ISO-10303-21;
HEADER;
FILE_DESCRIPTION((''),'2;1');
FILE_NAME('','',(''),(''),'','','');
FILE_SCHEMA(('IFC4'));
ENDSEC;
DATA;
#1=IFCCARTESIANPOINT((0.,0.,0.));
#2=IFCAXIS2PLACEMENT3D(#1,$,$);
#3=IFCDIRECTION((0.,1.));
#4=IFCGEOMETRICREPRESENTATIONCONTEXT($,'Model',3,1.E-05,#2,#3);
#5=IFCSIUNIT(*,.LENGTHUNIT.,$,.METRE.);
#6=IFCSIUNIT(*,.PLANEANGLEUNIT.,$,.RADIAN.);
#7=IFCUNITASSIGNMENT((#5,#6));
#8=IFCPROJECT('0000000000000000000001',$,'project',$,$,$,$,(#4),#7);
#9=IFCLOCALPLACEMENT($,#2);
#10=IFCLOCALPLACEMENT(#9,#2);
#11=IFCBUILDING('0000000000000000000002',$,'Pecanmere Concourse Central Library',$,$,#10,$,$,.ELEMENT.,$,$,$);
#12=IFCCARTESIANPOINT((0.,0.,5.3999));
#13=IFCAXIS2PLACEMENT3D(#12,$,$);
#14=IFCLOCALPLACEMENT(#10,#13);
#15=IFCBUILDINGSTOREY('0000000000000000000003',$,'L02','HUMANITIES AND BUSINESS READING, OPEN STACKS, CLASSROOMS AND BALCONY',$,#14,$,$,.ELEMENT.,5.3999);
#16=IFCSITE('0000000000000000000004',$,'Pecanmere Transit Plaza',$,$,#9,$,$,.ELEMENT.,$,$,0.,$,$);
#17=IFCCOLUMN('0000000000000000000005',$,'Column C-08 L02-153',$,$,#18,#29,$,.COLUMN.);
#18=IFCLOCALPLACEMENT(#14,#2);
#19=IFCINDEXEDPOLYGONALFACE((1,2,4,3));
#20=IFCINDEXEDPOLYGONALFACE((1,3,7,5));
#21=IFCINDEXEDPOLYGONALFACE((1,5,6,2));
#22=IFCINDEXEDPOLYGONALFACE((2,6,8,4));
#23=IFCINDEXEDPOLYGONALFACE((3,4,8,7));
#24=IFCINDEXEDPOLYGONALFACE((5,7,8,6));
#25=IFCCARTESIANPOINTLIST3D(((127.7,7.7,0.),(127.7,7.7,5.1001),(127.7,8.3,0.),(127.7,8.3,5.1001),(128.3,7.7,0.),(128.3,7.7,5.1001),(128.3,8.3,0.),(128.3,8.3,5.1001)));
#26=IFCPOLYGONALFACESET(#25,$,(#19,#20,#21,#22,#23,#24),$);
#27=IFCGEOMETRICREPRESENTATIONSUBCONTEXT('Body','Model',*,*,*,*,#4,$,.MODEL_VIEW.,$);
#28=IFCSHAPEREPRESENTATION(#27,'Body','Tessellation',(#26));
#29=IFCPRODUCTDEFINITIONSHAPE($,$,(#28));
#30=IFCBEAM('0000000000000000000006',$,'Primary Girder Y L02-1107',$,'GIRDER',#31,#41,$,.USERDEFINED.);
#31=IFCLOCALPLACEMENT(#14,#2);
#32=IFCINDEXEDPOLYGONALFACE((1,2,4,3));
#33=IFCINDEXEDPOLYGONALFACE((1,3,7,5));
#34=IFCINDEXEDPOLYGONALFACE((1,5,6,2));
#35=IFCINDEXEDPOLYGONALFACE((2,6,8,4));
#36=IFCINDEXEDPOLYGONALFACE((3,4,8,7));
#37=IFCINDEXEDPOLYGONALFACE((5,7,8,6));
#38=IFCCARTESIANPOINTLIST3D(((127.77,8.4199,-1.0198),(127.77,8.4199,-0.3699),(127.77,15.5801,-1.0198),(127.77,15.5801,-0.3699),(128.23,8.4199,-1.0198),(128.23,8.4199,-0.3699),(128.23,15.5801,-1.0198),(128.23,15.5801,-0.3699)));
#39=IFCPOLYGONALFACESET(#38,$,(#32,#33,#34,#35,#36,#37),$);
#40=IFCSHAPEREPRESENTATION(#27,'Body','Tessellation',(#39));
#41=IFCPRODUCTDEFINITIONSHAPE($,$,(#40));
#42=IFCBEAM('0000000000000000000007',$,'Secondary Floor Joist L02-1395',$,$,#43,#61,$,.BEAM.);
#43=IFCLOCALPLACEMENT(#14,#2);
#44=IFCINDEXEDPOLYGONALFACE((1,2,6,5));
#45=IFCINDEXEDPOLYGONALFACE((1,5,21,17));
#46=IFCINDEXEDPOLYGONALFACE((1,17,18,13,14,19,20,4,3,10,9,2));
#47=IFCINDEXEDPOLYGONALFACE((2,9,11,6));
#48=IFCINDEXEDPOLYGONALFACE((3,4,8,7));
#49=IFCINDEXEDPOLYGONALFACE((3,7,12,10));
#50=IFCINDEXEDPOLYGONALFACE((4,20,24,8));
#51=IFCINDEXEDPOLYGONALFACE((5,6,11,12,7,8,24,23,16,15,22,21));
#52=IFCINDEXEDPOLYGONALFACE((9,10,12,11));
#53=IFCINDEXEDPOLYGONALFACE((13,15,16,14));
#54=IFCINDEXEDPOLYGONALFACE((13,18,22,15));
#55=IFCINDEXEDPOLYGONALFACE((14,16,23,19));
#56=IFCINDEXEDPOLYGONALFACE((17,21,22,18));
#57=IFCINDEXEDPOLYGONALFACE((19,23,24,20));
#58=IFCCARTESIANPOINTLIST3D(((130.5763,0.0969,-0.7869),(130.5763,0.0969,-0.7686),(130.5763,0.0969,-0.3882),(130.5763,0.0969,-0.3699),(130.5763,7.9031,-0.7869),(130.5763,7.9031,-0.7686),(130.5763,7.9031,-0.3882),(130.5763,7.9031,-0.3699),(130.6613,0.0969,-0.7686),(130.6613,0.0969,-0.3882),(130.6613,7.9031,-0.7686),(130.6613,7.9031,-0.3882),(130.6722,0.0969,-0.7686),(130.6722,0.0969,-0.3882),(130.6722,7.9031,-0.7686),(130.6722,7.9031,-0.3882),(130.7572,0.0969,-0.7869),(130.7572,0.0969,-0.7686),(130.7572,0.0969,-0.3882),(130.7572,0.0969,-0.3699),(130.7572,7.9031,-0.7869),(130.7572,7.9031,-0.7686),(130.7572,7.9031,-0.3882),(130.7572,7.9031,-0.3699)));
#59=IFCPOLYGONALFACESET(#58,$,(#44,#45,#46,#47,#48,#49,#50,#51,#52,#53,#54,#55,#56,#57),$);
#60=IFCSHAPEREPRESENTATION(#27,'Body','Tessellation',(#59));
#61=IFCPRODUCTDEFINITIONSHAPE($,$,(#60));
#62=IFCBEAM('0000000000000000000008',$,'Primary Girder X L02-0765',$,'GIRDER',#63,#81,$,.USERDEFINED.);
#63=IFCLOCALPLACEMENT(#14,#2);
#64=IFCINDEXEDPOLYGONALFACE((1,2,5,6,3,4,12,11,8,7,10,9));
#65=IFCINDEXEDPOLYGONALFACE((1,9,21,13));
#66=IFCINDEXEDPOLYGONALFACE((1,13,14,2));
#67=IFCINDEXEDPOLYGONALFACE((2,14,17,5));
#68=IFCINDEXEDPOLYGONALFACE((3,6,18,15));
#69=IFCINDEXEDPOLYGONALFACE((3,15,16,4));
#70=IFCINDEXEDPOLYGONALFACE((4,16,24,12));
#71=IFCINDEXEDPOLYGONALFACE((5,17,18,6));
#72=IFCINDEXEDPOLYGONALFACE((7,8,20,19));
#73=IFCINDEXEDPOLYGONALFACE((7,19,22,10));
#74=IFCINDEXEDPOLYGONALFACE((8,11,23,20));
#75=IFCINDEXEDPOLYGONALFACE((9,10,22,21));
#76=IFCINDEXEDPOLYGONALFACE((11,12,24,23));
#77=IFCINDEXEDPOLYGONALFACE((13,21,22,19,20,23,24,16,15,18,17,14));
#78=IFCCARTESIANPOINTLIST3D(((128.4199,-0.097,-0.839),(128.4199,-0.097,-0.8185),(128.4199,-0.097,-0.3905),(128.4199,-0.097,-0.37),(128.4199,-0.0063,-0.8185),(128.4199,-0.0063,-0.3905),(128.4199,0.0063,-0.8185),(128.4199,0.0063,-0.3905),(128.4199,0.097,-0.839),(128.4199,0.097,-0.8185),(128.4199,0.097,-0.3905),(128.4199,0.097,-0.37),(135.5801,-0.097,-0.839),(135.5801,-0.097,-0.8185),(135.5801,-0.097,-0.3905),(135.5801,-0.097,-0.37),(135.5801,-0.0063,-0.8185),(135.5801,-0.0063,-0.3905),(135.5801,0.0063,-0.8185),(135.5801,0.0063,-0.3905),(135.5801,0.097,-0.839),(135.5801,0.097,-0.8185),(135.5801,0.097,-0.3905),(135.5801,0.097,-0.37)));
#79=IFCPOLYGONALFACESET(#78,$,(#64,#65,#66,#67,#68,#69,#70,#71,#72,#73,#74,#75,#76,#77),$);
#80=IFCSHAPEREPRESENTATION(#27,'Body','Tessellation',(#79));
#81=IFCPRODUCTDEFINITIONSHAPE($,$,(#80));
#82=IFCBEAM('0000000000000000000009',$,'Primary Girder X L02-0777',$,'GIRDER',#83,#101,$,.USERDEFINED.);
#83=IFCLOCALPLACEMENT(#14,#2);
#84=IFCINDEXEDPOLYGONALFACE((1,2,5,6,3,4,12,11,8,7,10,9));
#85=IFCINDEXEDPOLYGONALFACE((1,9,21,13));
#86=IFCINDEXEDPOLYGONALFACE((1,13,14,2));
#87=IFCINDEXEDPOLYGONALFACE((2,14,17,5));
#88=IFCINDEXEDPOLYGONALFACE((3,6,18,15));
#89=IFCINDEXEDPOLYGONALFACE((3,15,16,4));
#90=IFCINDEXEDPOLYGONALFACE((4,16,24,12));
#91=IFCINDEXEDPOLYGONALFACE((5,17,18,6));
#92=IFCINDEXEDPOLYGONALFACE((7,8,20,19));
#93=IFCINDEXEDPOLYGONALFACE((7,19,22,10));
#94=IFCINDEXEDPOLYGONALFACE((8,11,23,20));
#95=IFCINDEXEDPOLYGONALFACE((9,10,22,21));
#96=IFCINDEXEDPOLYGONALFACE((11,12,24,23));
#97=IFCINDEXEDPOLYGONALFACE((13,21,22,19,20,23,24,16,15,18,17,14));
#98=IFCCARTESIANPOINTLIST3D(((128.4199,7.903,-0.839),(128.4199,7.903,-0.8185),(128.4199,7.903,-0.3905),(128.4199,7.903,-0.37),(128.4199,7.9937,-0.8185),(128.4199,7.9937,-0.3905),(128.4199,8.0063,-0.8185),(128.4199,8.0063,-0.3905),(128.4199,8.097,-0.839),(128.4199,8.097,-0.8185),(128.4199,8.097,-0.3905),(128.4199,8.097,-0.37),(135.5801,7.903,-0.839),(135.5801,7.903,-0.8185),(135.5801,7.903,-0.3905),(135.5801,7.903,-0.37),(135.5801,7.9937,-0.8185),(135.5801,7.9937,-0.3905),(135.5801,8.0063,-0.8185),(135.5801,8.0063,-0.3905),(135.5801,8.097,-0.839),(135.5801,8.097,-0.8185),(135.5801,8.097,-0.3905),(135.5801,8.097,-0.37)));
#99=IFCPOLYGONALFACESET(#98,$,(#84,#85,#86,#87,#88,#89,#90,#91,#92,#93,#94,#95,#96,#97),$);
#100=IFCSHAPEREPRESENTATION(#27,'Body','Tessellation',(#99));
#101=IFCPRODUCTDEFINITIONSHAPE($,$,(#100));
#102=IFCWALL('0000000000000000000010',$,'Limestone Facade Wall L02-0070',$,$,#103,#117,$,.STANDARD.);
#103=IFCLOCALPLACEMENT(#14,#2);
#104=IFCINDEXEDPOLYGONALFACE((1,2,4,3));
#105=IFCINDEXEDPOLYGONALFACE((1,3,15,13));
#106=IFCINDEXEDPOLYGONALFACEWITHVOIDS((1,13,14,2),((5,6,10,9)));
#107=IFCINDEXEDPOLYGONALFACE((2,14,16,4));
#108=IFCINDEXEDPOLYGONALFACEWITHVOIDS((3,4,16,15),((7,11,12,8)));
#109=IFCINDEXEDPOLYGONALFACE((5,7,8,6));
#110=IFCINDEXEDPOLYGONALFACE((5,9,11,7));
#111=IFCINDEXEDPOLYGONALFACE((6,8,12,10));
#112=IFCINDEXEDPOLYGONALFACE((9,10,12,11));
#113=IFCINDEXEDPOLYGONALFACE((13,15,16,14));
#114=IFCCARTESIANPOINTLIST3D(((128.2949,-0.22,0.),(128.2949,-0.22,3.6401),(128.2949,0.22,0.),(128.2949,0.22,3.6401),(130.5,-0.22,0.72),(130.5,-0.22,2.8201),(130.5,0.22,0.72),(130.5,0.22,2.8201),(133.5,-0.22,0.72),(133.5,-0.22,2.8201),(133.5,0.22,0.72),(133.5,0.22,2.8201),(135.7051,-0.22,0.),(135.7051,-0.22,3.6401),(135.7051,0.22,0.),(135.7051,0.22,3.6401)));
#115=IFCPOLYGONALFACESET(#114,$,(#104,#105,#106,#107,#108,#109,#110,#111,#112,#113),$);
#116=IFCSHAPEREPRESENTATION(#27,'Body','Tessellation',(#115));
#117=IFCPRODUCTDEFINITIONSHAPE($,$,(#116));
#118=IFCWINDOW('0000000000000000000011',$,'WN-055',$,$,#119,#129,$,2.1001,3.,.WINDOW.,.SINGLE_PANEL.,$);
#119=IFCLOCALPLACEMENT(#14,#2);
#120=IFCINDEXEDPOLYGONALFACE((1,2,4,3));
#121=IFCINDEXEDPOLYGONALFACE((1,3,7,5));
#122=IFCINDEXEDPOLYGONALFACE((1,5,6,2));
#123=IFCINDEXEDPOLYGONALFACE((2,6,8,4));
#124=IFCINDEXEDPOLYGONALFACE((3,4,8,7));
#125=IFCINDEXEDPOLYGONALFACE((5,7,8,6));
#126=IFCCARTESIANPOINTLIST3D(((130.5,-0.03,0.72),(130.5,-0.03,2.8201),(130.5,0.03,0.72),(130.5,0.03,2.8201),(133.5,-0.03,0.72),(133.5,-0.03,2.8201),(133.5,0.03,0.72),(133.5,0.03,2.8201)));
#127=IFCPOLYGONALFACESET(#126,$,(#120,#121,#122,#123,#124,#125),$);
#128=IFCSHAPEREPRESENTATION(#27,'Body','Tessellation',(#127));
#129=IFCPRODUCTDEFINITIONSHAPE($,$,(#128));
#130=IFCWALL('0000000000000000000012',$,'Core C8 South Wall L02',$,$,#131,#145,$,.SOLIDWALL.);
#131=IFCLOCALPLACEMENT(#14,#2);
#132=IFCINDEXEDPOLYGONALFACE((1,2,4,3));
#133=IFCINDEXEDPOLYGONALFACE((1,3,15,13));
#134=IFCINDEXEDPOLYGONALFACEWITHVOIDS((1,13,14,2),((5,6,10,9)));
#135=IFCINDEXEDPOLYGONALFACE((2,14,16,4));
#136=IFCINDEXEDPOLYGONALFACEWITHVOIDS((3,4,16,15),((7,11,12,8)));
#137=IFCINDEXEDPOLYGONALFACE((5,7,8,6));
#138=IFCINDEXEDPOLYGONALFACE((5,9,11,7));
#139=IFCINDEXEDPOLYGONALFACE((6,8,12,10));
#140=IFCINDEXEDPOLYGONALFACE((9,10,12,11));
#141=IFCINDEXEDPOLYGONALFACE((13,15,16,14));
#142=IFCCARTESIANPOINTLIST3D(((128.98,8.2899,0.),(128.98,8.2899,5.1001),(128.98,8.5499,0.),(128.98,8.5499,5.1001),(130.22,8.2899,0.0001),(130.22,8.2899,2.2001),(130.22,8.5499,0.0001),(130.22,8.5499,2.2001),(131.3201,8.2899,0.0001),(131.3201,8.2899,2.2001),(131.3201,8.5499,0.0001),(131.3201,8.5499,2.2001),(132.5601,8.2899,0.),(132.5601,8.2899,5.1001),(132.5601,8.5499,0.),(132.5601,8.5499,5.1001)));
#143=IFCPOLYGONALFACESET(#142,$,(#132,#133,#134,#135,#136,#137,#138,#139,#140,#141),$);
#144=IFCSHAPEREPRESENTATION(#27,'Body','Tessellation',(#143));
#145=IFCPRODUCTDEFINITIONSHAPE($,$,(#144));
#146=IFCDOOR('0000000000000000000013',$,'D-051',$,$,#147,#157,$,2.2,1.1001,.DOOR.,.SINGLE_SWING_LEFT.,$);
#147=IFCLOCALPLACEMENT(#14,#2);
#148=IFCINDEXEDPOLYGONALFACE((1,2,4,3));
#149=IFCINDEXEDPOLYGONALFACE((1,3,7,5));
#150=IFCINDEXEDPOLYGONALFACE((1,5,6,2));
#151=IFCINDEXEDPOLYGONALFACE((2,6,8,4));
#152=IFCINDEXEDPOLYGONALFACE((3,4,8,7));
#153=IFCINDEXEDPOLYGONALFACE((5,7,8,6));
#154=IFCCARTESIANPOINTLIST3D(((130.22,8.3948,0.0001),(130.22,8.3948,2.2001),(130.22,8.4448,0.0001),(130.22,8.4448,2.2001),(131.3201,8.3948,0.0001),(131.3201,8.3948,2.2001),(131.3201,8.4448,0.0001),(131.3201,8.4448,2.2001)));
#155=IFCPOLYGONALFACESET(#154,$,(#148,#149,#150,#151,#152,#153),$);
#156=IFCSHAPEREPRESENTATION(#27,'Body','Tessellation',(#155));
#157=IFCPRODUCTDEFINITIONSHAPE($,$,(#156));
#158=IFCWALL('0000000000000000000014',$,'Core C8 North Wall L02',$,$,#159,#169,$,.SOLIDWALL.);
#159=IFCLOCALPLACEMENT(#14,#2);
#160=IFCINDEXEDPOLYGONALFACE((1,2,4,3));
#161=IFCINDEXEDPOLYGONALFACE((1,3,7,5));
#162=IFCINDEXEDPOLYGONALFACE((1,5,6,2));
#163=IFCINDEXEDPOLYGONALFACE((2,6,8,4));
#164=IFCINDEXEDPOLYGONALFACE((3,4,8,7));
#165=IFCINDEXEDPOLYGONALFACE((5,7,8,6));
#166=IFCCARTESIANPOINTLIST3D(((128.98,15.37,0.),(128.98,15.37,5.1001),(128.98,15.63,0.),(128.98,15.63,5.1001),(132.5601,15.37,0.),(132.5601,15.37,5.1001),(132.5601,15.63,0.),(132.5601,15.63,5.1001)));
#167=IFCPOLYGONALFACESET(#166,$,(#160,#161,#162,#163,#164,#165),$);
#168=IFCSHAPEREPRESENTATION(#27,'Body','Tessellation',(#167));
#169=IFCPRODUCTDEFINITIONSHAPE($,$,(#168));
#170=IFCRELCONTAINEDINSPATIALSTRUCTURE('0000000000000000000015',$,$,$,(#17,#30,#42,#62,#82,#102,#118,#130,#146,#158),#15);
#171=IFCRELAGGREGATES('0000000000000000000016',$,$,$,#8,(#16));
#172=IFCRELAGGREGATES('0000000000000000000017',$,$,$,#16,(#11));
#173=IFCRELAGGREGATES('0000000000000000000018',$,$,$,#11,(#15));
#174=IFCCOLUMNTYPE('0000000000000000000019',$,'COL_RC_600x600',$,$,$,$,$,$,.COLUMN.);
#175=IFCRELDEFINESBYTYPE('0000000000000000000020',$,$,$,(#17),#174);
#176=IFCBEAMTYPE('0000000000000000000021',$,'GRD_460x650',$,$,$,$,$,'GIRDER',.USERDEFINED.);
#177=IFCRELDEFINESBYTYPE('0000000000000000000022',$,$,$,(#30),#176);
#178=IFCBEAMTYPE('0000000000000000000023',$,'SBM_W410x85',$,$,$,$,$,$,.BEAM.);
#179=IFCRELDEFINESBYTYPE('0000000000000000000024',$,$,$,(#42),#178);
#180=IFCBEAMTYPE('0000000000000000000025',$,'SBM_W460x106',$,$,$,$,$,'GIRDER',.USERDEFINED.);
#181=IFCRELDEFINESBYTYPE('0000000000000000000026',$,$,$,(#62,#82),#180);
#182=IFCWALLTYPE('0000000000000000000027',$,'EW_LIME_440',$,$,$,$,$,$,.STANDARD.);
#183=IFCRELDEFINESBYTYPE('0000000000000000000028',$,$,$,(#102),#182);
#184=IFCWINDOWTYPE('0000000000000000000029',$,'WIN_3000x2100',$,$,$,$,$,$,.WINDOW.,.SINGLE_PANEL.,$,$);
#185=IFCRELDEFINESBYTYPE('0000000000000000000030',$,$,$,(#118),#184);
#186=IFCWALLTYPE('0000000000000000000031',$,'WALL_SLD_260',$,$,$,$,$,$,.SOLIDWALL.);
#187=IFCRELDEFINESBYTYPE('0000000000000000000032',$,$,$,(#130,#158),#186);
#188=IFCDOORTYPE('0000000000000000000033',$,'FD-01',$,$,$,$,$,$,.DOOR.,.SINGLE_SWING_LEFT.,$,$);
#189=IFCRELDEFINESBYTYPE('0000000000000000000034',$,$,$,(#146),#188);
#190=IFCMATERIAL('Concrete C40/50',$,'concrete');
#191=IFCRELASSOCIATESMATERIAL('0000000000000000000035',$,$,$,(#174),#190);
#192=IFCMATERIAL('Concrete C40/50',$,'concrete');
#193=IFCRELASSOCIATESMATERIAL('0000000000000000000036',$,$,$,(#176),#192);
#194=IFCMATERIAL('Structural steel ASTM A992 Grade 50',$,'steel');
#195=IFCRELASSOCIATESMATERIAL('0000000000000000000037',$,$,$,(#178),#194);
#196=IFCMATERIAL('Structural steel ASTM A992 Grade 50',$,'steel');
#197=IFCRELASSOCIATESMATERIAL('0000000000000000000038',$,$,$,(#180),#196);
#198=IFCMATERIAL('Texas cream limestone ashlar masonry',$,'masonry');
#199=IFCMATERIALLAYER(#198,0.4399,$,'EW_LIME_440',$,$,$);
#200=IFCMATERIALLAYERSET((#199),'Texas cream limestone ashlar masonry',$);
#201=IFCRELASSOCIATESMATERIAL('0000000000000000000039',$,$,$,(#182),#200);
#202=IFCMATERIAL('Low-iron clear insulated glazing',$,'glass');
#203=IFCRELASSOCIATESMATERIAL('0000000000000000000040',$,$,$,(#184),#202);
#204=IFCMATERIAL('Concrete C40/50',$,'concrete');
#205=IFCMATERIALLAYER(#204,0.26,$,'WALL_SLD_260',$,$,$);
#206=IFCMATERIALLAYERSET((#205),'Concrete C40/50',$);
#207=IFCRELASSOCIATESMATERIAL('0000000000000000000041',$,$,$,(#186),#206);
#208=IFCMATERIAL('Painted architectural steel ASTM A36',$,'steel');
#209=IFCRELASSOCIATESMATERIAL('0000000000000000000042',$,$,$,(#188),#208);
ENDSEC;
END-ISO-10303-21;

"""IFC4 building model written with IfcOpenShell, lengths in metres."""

from ifc_helpers import new_model, si_unit, direction, frame, frame_2d, origin, origin_2d, place, context, subcontext, project, spatial, rectangle, i_section, extrude, material, layer, layer_set, material_profile, profile_set, type_object, element, fill, save


model = new_model("IFC4")

# Units and contexts
model_context = context("Model", 3, precision=1e-05, world=origin(), true_north=direction((0.0, 1.0)))
body_context = subcontext(model_context, "Body", "Model", "MODEL_VIEW")
ifc_project = project(units=[si_unit("LENGTHUNIT", "METRE"), si_unit("PLANEANGLEUNIT", "RADIAN")], contexts=[model_context])

# Site, building, storey
site_placement = place(None, origin())
site = spatial("IfcSite", under=ifc_project, at=site_placement, Name="Pecanmere Transit Plaza", CompositionType="ELEMENT", RefElevation=0.0)
building_placement = place(site_placement, origin())
building = spatial("IfcBuilding", under=site, at=building_placement, Name="Pecanmere Concourse Central Library", CompositionType="ELEMENT")
storey_placement = place(building_placement, frame((0.0, 0.0, 5.3999)))
storey = spatial("IfcBuildingStorey", under=building, at=storey_placement, Name="L02", Description="HUMANITIES AND BUSINESS READING, OPEN STACKS, CLASSROOMS AND BALCONY", CompositionType="ELEMENT", Elevation=5.3999)

# Column
ifc_material_1 = material(Name="Concrete C40/50", Category="concrete")
ifc_material_profile_1 = material_profile(ifc_material_1, rectangle(XDim=0.6001, YDim=0.6001, at=origin_2d()), Name="RC 600x600")
ifc_profile_set_1 = profile_set([ifc_material_profile_1], Name="Concrete C40/50")
column_type = type_object("IfcColumnType", Name="COL_RC_600x600", PredefinedType="COLUMN", material=ifc_profile_set_1)
column_placement = place(storey_placement, frame((128.0, 8.0, 0.0), z_axis=(0.0, 0.0, 1.0), x_axis=(1.0, 0.0, 0.0)))
element("IfcColumn", 1, at=column_placement, inside=storey, type_object=column_type, Name="Column C-08 L02-153", PredefinedType="COLUMN", context=body_context, shape_type="SweptSolid", body=[
    extrude(rectangle(XDim=0.6001, YDim=0.6001, at=origin_2d()), origin(), (0.0, 0.0, 1.0), 5.1001),
])

# Beams
ifc_material_2 = material(Name="Concrete C40/50", Category="concrete")
ifc_material_profile_2 = material_profile(ifc_material_2, rectangle(XDim=0.46, YDim=0.6499, at=origin_2d()), Name="RC 460x650")
ifc_profile_set_2 = profile_set([ifc_material_profile_2], Name="Concrete C40/50")
beam_type_1 = type_object("IfcBeamType", Name="GRD_460x650", ElementType="GIRDER", PredefinedType="USERDEFINED", material=ifc_profile_set_2)
beam_1_placement = place(storey_placement, frame((128.0, 8.4199, -0.6948), z_axis=(0.0, 1.0, 0.0), x_axis=(-1.0, 0.0, 0.0)))
element("IfcBeam", 2, at=beam_1_placement, inside=storey, type_object=beam_type_1, Name="Primary Girder Y L02-1107", ObjectType="GIRDER", PredefinedType="USERDEFINED", context=body_context, shape_type="SweptSolid", body=[
    extrude(rectangle(XDim=0.46, YDim=0.6499, at=origin_2d()), origin(), (0.0, 0.0, 1.0), 7.1602),
])
ifc_material_3 = material(Name="Structural steel ASTM A992 Grade 50", Category="steel")
ifc_material_profile_3 = material_profile(ifc_material_3, i_section(OverallWidth=0.1809, OverallDepth=0.417, WebThickness=0.011, FlangeThickness=0.0183, at=origin_2d()), Name="W410x85")
ifc_profile_set_3 = profile_set([ifc_material_profile_3], Name="Structural steel ASTM A992 Grade 50")
beam_type_2 = type_object("IfcBeamType", Name="SBM_W410x85", PredefinedType="BEAM", material=ifc_profile_set_3)
beam_2_placement = place(storey_placement, frame((130.6667, 0.0969, -0.5784), z_axis=(0.0, 1.0, 0.0), x_axis=(-1.0, 0.0, 0.0)))
element("IfcBeam", 3, at=beam_2_placement, inside=storey, type_object=beam_type_2, Name="Secondary Floor Joist L02-1395", PredefinedType="BEAM", context=body_context, shape_type="SweptSolid", body=[
    extrude(i_section(OverallWidth=0.1809, OverallDepth=0.417, WebThickness=0.011, FlangeThickness=0.0183, at=origin_2d()), origin(), (0.0, 0.0, 1.0), 7.8062),
])
ifc_material_4 = material(Name="Structural steel ASTM A992 Grade 50", Category="steel")
ifc_material_profile_4 = material_profile(ifc_material_4, i_section(OverallWidth=0.1941, OverallDepth=0.469, WebThickness=0.0127, FlangeThickness=0.0205, at=origin_2d()), Name="W460x106")
ifc_profile_set_4 = profile_set([ifc_material_profile_4], Name="Structural steel ASTM A992 Grade 50")
beam_type_3 = type_object("IfcBeamType", Name="SBM_W460x106", ElementType="GIRDER", PredefinedType="USERDEFINED", material=ifc_profile_set_4)
for number, where, z_axis, x_axis, name in (
    (4, (128.4199, 0.0, -0.6045), (1.0, 0.0, 0.0), (0.0, 1.0, 0.0), "Primary Girder X L02-0765"),
    (5, (128.4199, 8.0, -0.6045), (1.0, 0.0, 0.0), (0.0, 1.0, 0.0), "Primary Girder X L02-0777"),
):
    element("IfcBeam", number, at=place(storey_placement, frame(where, z_axis=z_axis, x_axis=x_axis)), inside=storey, type_object=beam_type_3, Name=name, ObjectType="GIRDER", PredefinedType="USERDEFINED", context=body_context, shape_type="SweptSolid", body=[
        extrude(i_section(OverallWidth=0.1941, OverallDepth=0.469, WebThickness=0.0127, FlangeThickness=0.0205, at=origin_2d()), origin(), (0.0, 0.0, 1.0), 7.1602),
    ])

# Wall, opening, window
ifc_material_5 = material(Name="Texas cream limestone ashlar masonry", Category="masonry")
ifc_layer_1 = layer(ifc_material_5, 0.4399, Name="EW_LIME_440")
ifc_layer_set_1 = layer_set([ifc_layer_1], Name="Texas cream limestone ashlar masonry")
wall_type_1 = type_object("IfcWallType", Name="EW_LIME_440", PredefinedType="STANDARD", material=ifc_layer_set_1)
wall_1_placement = place(storey_placement, frame((128.2949, 0.0, 0.0), z_axis=(0.0, 0.0, 1.0), x_axis=(1.0, 0.0, 0.0)))
wall_1 = element("IfcWall", 6, at=wall_1_placement, inside=storey, type_object=wall_type_1, Name="Limestone Facade Wall L02-0070", PredefinedType="STANDARD", context=body_context, shape_type="SweptSolid", body=[
    extrude(rectangle(XDim=7.4102, YDim=0.4399, at=frame_2d((3.7051, 0.0))), origin(), (0.0, 0.0, 1.0), 3.6401),
])
opening_1_placement = place(wall_1_placement, frame((2.2051, 0.0, 0.72)))
opening_1 = element("IfcOpeningElement", 7, at=opening_1_placement, cuts=wall_1, PredefinedType="OPENING", context=body_context, shape_type="SweptSolid", body=[
    extrude(rectangle(XDim=3.0, YDim=2.1001, at=frame_2d((1.5, 1.05))), frame((0.0, 0.2319, 0.0), z_axis=(0.0, -1.0, 0.0), x_axis=(1.0, 0.0, 0.0)), (0.0, 0.0, 1.0), 0.4639),
])
ifc_material_6 = material(Name="Low-iron clear insulated glazing", Category="glass")
window_type = type_object("IfcWindowType", Name="WIN_3000x2100", PartitioningType="SINGLE_PANEL", PredefinedType="WINDOW", material=ifc_material_6)
window_placement = place(opening_1_placement, origin())
window = element("IfcWindow", 8, at=window_placement, inside=storey, type_object=window_type, Name="WN-055", OverallHeight=2.1001, OverallWidth=3.0, PartitioningType="SINGLE_PANEL", PredefinedType="WINDOW", context=body_context, shape_type="SweptSolid", body=[
    extrude(rectangle(XDim=3.0, YDim=2.1001, at=frame_2d((1.5, 1.05))), frame((0.0, 0.03, 0.0), z_axis=(0.0, -1.0, 0.0), x_axis=(1.0, 0.0, 0.0)), (0.0, 0.0, 1.0), 0.0601),
])
fill(opening_1, window)

# Wall, opening, door
ifc_material_7 = material(Name="Concrete C40/50", Category="concrete")
ifc_layer_2 = layer(ifc_material_7, 0.26, Name="WALL_SLD_260")
ifc_layer_set_2 = layer_set([ifc_layer_2], Name="Concrete C40/50")
wall_type_2 = type_object("IfcWallType", Name="WALL_SLD_260", PredefinedType="SOLIDWALL", material=ifc_layer_set_2)
wall_2_placement = place(storey_placement, frame((128.98, 8.4199, 0.0), z_axis=(0.0, 0.0, 1.0), x_axis=(1.0, 0.0, 0.0)))
wall_2 = element("IfcWall", 9, at=wall_2_placement, inside=storey, type_object=wall_type_2, Name="Core C8 South Wall L02", PredefinedType="SOLIDWALL", context=body_context, shape_type="SweptSolid", body=[
    extrude(rectangle(XDim=3.5801, YDim=0.26, at=frame_2d((1.79, 0.0))), origin(), (0.0, 0.0, 1.0), 5.1001),
])
opening_2_placement = place(wall_2_placement, frame((1.24, 0.0, 0.0)))
opening_2 = element("IfcOpeningElement", 10, at=opening_2_placement, cuts=wall_2, PredefinedType="OPENING", context=body_context, shape_type="SweptSolid", body=[
    extrude(rectangle(XDim=1.1001, YDim=2.2, at=frame_2d((0.55, 1.1001))), frame((0.0, 0.1421, 0.0), z_axis=(0.0, -1.0, 0.0), x_axis=(1.0, 0.0, 0.0)), (0.0, 0.0, 1.0), 0.2839),
])
ifc_material_8 = material(Name="Painted architectural steel ASTM A36", Category="steel")
door_type = type_object("IfcDoorType", Name="FD-01", OperationType="SINGLE_SWING_LEFT", PredefinedType="DOOR", material=ifc_material_8)
door_placement = place(opening_2_placement, origin())
door = element("IfcDoor", 11, at=door_placement, inside=storey, type_object=door_type, Name="D-051", OperationType="SINGLE_SWING_LEFT", OverallHeight=2.2, OverallWidth=1.1001, PredefinedType="DOOR", context=body_context, shape_type="SweptSolid", body=[
    extrude(rectangle(XDim=1.1001, YDim=2.2, at=frame_2d((0.55, 1.1001))), frame((0.0, 0.0249, 0.0), z_axis=(0.0, -1.0, 0.0), x_axis=(1.0, 0.0, 0.0)), (0.0, 0.0, 1.0), 0.05),
])
fill(opening_2, door)

# Wall
wall_3_placement = place(storey_placement, frame((128.98, 15.5, 0.0), z_axis=(0.0, 0.0, 1.0), x_axis=(1.0, 0.0, 0.0)))
element("IfcWall", 12, at=wall_3_placement, inside=storey, type_object=wall_type_2, Name="Core C8 North Wall L02", PredefinedType="SOLIDWALL", context=body_context, shape_type="SweptSolid", body=[
    extrude(rectangle(XDim=3.5801, YDim=0.26, at=frame_2d((1.79, 0.0))), origin(), (0.0, 0.0, 1.0), 5.1001),
])

save(model, "model.ifc")
